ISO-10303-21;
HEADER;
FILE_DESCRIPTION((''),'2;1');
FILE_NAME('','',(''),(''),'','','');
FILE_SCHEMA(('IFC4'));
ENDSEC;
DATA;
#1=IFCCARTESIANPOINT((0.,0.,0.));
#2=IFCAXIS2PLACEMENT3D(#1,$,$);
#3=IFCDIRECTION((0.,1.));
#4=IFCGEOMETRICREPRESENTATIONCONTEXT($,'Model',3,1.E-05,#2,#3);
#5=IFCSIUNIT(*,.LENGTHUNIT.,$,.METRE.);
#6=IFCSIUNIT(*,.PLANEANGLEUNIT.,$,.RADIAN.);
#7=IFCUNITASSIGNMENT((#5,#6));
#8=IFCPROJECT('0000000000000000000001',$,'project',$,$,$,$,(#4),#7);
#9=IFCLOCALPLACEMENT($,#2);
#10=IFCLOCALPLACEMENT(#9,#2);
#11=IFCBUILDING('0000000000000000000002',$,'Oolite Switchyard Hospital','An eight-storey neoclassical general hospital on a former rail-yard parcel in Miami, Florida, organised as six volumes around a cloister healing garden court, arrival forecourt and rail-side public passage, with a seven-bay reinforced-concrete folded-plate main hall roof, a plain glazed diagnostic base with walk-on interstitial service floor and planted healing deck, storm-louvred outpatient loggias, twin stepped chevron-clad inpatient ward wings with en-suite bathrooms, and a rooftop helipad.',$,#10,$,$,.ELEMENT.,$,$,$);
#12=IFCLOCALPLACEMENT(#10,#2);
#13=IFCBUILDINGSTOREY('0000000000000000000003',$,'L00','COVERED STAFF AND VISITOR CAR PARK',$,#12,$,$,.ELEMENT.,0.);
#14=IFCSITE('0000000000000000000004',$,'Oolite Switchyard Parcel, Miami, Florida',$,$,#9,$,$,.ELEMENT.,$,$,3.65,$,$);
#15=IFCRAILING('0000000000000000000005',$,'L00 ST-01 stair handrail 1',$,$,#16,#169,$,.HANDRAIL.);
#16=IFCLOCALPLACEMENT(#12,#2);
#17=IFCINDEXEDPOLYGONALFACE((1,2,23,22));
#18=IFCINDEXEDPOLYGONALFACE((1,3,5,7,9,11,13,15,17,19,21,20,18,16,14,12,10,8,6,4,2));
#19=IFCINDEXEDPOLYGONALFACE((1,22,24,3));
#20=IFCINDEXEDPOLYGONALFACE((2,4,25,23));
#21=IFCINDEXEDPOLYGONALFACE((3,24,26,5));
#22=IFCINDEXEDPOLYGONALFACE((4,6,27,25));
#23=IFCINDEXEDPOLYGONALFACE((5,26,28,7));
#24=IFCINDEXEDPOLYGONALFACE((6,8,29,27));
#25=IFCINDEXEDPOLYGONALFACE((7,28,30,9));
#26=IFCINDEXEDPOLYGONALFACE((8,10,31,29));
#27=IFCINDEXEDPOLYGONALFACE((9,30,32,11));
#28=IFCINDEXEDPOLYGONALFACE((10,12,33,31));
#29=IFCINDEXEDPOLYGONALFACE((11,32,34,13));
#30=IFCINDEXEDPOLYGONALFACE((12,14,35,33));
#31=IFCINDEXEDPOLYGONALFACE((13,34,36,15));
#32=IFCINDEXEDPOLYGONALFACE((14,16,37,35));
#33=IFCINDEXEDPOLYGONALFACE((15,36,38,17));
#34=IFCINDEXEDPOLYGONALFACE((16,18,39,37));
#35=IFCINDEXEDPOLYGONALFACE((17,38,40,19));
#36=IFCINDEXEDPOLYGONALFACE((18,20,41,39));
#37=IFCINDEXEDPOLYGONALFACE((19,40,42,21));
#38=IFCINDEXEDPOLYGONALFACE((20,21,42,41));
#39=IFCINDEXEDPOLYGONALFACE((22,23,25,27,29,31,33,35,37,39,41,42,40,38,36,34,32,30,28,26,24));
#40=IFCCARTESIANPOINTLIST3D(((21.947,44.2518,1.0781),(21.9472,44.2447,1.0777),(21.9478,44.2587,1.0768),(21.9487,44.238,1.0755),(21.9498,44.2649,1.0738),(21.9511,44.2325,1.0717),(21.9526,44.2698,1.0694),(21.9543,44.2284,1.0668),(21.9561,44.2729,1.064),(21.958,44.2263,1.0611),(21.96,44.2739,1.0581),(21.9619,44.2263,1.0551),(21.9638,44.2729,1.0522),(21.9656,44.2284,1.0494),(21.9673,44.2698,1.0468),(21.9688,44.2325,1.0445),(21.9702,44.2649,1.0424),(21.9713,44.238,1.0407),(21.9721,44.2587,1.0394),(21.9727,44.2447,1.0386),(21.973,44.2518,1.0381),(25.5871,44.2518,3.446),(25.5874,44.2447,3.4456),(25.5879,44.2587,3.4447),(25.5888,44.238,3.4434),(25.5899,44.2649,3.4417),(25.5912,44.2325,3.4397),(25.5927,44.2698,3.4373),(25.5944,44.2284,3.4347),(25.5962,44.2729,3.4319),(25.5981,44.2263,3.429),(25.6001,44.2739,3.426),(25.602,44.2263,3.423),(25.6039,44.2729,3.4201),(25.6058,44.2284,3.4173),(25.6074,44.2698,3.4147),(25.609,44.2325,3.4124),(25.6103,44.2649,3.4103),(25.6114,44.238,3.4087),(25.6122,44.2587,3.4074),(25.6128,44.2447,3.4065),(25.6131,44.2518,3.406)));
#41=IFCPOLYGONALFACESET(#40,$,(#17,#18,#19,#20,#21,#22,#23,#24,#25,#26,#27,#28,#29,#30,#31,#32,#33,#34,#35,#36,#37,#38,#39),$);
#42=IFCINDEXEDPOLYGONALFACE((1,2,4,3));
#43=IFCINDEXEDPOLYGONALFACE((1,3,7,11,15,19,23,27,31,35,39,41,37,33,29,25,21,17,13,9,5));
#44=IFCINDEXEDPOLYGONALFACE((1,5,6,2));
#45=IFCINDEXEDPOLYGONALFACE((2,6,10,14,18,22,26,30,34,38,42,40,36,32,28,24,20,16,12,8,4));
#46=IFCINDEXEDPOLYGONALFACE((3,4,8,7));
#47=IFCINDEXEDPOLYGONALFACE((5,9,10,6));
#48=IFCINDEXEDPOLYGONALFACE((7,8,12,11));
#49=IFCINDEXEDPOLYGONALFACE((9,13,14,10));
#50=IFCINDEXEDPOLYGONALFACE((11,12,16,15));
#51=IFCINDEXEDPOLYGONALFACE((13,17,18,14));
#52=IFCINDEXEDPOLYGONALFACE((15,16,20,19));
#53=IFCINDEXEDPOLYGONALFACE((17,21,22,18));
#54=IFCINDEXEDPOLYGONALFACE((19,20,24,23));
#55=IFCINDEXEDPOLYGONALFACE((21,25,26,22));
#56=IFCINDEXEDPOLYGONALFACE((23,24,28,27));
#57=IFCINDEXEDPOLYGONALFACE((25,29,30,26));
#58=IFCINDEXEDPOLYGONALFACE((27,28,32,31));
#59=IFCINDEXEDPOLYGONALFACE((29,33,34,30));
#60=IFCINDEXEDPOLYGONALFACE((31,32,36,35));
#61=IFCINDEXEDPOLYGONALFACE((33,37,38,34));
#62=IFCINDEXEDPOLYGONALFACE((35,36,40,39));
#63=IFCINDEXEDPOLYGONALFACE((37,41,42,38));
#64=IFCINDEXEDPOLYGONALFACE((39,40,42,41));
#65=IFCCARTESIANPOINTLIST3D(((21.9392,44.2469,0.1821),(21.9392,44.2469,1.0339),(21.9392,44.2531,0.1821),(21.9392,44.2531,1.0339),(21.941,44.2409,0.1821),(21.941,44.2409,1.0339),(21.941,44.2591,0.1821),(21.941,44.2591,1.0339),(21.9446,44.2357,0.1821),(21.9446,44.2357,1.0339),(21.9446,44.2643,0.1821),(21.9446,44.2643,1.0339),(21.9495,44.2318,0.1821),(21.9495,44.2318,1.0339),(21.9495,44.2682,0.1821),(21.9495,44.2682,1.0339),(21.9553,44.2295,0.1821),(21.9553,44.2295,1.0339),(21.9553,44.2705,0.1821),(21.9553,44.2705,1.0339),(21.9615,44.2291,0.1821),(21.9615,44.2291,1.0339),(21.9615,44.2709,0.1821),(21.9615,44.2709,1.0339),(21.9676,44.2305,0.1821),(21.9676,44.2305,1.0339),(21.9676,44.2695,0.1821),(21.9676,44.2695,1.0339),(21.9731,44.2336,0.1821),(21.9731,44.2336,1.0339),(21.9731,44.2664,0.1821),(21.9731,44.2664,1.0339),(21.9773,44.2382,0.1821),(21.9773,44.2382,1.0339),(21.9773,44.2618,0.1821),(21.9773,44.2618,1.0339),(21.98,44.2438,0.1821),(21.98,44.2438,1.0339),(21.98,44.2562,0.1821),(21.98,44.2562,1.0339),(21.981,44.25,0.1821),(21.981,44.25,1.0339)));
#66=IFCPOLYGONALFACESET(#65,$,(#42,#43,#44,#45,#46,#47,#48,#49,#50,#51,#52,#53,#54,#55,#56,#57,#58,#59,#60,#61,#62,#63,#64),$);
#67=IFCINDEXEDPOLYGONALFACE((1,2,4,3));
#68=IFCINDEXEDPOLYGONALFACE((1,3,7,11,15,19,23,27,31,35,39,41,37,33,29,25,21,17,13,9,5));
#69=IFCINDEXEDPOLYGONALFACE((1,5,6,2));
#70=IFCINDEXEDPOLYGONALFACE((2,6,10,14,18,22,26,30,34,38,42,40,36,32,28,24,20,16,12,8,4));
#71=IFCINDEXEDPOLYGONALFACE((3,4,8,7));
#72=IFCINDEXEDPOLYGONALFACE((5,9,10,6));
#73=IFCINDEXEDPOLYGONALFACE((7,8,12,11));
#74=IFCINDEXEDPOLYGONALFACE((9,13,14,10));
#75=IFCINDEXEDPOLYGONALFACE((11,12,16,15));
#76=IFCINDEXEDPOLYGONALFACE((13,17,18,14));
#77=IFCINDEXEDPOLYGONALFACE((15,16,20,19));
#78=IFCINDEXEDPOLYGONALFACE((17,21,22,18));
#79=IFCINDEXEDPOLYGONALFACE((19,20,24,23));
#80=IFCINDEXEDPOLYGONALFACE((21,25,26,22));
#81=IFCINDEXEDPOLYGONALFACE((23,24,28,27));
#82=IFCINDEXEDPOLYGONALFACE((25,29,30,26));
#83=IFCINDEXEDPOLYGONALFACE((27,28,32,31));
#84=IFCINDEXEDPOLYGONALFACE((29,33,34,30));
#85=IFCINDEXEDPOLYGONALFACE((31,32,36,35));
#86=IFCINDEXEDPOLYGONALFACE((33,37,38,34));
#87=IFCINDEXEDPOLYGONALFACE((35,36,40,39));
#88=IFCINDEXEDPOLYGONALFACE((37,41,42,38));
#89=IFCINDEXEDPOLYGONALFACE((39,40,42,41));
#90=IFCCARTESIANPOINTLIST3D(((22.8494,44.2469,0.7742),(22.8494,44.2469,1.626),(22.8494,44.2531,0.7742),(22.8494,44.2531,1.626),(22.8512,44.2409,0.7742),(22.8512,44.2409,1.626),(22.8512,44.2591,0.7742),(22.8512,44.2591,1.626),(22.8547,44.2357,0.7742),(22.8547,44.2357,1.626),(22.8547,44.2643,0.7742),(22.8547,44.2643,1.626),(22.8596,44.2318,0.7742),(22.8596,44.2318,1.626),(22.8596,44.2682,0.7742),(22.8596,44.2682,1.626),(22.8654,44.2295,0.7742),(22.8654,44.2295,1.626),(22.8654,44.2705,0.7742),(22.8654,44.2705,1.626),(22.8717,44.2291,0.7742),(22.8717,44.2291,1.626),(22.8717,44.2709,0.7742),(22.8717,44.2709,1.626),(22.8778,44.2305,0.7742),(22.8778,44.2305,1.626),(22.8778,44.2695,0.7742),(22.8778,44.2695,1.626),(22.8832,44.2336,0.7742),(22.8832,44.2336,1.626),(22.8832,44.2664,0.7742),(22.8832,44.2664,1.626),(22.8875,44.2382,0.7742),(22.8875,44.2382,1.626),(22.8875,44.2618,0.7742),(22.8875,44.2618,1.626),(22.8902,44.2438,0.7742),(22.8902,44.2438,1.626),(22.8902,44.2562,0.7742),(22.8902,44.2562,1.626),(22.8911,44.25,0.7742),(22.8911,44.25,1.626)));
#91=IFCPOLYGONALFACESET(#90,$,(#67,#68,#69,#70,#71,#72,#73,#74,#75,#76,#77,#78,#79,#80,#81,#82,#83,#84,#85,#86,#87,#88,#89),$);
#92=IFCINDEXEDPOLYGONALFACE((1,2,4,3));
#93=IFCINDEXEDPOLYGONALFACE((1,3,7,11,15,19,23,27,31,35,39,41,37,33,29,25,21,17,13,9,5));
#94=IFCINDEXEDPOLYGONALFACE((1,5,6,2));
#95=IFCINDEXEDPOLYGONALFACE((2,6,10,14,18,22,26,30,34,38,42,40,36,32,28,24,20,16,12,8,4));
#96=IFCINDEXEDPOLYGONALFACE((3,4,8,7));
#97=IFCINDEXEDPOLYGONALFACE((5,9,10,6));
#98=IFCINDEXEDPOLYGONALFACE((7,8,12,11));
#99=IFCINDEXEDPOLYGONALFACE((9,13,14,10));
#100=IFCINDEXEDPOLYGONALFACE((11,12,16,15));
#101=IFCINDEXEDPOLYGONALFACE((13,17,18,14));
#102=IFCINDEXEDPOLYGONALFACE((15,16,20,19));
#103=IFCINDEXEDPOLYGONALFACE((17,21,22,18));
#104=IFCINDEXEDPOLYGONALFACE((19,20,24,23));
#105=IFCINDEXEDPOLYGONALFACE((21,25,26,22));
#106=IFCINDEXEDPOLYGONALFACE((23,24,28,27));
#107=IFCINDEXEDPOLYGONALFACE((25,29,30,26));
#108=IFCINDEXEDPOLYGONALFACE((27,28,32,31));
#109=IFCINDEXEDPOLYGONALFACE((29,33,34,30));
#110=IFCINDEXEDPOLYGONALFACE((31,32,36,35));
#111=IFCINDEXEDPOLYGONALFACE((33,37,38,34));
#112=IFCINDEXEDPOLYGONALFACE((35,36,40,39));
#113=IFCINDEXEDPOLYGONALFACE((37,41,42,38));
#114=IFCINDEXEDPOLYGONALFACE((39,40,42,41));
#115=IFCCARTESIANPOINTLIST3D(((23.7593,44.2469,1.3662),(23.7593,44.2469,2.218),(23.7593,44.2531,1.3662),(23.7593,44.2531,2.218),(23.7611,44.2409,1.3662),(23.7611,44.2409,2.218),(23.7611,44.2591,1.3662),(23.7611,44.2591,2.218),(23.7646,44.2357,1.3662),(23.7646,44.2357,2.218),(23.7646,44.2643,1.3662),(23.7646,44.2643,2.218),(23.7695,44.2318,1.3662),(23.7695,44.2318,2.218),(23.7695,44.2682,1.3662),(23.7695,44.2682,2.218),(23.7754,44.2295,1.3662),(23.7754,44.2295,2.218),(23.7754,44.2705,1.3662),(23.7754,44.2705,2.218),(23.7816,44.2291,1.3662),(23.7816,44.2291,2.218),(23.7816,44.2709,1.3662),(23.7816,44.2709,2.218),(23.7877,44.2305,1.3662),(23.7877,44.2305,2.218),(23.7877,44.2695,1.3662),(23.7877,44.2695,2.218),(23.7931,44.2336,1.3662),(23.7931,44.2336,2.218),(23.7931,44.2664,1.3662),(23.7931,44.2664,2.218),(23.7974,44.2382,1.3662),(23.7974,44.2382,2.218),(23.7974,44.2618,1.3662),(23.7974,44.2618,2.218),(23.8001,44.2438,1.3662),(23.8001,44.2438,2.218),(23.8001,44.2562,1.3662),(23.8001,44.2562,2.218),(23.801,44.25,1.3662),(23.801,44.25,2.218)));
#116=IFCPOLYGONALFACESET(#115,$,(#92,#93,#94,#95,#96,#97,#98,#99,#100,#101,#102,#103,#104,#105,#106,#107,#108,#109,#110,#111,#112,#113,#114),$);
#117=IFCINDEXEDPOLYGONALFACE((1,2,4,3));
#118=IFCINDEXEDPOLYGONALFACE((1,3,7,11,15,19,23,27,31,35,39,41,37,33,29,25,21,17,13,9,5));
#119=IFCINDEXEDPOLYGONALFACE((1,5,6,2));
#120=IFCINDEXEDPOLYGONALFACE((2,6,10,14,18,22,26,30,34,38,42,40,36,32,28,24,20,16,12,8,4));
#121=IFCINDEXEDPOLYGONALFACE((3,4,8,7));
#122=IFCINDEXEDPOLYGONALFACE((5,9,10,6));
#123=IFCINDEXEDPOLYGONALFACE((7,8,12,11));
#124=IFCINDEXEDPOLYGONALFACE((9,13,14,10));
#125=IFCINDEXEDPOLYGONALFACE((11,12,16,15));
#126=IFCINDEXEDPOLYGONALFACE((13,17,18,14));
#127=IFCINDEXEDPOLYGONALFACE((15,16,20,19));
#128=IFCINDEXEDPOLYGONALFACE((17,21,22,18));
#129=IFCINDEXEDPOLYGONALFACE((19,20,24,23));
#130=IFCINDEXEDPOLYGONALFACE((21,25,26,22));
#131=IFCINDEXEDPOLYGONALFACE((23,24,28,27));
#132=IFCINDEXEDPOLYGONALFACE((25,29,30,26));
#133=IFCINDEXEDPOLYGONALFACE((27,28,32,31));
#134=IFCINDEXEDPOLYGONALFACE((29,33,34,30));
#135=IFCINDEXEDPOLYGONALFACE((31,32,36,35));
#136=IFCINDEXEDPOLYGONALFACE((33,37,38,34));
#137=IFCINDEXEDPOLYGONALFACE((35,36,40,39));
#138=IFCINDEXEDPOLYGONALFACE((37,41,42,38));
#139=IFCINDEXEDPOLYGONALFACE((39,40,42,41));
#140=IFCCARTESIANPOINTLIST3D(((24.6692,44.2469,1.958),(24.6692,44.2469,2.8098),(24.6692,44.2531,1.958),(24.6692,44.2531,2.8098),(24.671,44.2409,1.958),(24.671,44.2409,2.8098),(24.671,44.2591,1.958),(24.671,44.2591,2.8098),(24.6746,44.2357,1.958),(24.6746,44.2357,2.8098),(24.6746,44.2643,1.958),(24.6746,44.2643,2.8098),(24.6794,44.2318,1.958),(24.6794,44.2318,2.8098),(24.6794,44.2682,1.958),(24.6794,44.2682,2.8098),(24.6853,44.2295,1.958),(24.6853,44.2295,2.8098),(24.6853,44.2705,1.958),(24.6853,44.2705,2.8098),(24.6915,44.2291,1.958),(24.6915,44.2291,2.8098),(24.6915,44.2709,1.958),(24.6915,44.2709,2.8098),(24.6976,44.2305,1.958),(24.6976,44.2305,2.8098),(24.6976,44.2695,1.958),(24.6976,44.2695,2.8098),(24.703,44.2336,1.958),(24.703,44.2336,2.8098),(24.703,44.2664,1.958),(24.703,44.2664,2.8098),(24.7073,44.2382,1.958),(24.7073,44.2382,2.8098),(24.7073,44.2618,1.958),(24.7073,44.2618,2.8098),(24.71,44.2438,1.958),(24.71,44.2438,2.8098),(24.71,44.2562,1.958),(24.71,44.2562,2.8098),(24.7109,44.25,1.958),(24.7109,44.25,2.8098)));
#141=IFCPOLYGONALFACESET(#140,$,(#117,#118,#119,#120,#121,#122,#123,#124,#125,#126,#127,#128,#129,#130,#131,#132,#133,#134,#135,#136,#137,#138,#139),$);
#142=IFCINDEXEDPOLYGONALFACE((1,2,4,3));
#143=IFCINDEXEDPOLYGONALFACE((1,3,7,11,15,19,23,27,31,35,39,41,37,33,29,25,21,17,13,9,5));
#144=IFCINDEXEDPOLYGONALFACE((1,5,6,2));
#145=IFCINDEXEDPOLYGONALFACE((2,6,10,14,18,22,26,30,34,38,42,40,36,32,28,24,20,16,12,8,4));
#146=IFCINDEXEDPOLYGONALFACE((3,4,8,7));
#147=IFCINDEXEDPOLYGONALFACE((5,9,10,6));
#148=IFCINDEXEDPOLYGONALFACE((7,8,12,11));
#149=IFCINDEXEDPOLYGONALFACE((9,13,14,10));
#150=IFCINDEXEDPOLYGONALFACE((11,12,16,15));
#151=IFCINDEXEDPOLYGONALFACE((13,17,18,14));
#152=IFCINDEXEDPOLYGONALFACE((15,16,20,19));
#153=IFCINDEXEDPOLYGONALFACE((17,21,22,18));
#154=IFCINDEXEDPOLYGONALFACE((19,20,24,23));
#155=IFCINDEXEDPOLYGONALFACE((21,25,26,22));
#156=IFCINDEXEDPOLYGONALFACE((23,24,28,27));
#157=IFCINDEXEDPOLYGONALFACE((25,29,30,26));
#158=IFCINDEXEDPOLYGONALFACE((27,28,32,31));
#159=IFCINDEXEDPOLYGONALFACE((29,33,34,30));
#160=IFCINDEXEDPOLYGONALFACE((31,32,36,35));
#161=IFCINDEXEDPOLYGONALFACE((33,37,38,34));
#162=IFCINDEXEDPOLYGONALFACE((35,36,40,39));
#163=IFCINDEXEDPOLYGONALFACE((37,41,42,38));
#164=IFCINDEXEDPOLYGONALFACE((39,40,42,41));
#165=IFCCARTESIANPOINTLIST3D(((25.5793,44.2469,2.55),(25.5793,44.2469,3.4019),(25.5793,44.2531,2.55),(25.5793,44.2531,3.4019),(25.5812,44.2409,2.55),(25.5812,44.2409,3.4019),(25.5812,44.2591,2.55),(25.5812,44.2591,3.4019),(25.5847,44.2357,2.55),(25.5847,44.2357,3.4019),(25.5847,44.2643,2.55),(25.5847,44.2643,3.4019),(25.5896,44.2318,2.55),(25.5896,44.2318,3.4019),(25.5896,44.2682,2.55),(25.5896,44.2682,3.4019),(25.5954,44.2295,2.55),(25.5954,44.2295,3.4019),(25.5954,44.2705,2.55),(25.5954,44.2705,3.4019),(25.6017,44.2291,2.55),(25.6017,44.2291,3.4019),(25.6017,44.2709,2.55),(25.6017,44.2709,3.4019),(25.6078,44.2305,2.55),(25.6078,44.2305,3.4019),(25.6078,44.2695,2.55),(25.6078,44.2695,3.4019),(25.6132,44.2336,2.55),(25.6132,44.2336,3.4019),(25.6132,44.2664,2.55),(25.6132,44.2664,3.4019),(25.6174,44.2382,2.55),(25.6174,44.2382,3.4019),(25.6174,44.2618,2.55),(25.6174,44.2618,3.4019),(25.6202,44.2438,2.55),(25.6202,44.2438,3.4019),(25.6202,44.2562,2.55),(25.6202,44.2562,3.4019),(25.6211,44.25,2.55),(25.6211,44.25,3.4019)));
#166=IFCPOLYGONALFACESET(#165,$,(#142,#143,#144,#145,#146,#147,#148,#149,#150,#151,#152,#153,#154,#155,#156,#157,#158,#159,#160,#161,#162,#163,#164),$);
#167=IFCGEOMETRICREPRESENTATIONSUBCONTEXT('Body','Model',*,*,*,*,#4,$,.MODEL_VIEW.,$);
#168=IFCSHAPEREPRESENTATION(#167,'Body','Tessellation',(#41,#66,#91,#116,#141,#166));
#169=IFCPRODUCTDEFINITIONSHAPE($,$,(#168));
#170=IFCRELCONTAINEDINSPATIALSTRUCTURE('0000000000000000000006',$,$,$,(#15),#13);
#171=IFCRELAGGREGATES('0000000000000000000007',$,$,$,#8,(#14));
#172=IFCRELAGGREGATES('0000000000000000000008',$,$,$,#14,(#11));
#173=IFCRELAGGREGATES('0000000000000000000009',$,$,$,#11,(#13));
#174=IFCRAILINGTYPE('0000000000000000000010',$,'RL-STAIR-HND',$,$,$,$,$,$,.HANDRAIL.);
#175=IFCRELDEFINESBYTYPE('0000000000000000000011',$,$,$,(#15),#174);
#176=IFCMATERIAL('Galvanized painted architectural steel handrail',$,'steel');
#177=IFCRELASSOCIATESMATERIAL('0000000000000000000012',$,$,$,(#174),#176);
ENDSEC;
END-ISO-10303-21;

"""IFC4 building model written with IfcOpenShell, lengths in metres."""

from ifc_helpers import new_model, si_unit, direction, frame, origin, origin_2d, place, context, subcontext, project, spatial, circle, extrude, material, type_object, element, save


model = new_model("IFC4")

# Units and contexts
model_context = context("Model", 3, precision=1e-05, world=origin(), true_north=direction((0.0, 1.0)))
body_context = subcontext(model_context, "Body", "Model", "MODEL_VIEW")
ifc_project = project(units=[si_unit("LENGTHUNIT", "METRE"), si_unit("PLANEANGLEUNIT", "RADIAN")], contexts=[model_context])

# Site, building, storey
site_placement = place(None, origin())
site = spatial("IfcSite", under=ifc_project, at=site_placement, Name="Oolite Switchyard Parcel, Miami, Florida", CompositionType="ELEMENT", RefElevation=3.65)
building_placement = place(site_placement, origin())
building = spatial("IfcBuilding", under=site, at=building_placement, Name="Oolite Switchyard Hospital", Description="An eight-storey neoclassical general hospital on a former rail-yard parcel in Miami, Florida, organised as six volumes around a cloister healing garden court, arrival forecourt and rail-side public passage, with a seven-bay reinforced-concrete folded-plate main hall roof, a plain glazed diagnostic base with walk-on interstitial service floor and planted healing deck, storm-louvred outpatient loggias, twin stepped chevron-clad inpatient ward wings with en-suite bathrooms, and a rooftop helipad.", CompositionType="ELEMENT")
storey_placement = place(building_placement, origin())
storey = spatial("IfcBuildingStorey", under=building, at=storey_placement, Name="L00", Description="COVERED STAFF AND VISITOR CAR PARK", CompositionType="ELEMENT", Elevation=0.0)

# Railing
ifc_material_1 = material(Name="Galvanized painted architectural steel handrail", Category="steel")
railing_type_1 = type_object("IfcRailingType", Name="RL-STAIR-HND", PredefinedType="HANDRAIL", material=ifc_material_1)
railing_1_placement = place(storey_placement, frame((21.96, 44.25, 0.1821)))
element("IfcRailing", 1, at=railing_1_placement, inside=storey, type_object=railing_type_1, Name="L00 ST-01 stair handrail 1", PredefinedType="HANDRAIL", context=body_context, shape_type="SweptSolid", body=[
    extrude(circle(Radius=0.0239, at=origin_2d()), frame((0.0, 0.0, 0.876), z_axis=(0.838251, 0.0, 0.545285), x_axis=(0.0, 1.0, 0.0)), (0.0, 0.0, 1.0), 4.3425),
    extrude(circle(Radius=0.021, at=origin_2d()), origin(), (0.0, 0.0, 1.0), 0.8518),
    extrude(circle(Radius=0.021, at=origin_2d()), frame((0.9102, 0.0, 0.592)), (0.0, 0.0, 1.0), 0.8518),
    extrude(circle(Radius=0.021, at=origin_2d()), frame((1.8201, 0.0, 1.1841)), (0.0, 0.0, 1.0), 0.8518),
    extrude(circle(Radius=0.021, at=origin_2d()), frame((2.73, 0.0, 1.7759)), (0.0, 0.0, 1.0), 0.8518),
    extrude(circle(Radius=0.021, at=origin_2d()), frame((3.6401, 0.0, 2.3679)), (0.0, 0.0, 1.0), 0.8518),
])

save(model, "model.ifc")
